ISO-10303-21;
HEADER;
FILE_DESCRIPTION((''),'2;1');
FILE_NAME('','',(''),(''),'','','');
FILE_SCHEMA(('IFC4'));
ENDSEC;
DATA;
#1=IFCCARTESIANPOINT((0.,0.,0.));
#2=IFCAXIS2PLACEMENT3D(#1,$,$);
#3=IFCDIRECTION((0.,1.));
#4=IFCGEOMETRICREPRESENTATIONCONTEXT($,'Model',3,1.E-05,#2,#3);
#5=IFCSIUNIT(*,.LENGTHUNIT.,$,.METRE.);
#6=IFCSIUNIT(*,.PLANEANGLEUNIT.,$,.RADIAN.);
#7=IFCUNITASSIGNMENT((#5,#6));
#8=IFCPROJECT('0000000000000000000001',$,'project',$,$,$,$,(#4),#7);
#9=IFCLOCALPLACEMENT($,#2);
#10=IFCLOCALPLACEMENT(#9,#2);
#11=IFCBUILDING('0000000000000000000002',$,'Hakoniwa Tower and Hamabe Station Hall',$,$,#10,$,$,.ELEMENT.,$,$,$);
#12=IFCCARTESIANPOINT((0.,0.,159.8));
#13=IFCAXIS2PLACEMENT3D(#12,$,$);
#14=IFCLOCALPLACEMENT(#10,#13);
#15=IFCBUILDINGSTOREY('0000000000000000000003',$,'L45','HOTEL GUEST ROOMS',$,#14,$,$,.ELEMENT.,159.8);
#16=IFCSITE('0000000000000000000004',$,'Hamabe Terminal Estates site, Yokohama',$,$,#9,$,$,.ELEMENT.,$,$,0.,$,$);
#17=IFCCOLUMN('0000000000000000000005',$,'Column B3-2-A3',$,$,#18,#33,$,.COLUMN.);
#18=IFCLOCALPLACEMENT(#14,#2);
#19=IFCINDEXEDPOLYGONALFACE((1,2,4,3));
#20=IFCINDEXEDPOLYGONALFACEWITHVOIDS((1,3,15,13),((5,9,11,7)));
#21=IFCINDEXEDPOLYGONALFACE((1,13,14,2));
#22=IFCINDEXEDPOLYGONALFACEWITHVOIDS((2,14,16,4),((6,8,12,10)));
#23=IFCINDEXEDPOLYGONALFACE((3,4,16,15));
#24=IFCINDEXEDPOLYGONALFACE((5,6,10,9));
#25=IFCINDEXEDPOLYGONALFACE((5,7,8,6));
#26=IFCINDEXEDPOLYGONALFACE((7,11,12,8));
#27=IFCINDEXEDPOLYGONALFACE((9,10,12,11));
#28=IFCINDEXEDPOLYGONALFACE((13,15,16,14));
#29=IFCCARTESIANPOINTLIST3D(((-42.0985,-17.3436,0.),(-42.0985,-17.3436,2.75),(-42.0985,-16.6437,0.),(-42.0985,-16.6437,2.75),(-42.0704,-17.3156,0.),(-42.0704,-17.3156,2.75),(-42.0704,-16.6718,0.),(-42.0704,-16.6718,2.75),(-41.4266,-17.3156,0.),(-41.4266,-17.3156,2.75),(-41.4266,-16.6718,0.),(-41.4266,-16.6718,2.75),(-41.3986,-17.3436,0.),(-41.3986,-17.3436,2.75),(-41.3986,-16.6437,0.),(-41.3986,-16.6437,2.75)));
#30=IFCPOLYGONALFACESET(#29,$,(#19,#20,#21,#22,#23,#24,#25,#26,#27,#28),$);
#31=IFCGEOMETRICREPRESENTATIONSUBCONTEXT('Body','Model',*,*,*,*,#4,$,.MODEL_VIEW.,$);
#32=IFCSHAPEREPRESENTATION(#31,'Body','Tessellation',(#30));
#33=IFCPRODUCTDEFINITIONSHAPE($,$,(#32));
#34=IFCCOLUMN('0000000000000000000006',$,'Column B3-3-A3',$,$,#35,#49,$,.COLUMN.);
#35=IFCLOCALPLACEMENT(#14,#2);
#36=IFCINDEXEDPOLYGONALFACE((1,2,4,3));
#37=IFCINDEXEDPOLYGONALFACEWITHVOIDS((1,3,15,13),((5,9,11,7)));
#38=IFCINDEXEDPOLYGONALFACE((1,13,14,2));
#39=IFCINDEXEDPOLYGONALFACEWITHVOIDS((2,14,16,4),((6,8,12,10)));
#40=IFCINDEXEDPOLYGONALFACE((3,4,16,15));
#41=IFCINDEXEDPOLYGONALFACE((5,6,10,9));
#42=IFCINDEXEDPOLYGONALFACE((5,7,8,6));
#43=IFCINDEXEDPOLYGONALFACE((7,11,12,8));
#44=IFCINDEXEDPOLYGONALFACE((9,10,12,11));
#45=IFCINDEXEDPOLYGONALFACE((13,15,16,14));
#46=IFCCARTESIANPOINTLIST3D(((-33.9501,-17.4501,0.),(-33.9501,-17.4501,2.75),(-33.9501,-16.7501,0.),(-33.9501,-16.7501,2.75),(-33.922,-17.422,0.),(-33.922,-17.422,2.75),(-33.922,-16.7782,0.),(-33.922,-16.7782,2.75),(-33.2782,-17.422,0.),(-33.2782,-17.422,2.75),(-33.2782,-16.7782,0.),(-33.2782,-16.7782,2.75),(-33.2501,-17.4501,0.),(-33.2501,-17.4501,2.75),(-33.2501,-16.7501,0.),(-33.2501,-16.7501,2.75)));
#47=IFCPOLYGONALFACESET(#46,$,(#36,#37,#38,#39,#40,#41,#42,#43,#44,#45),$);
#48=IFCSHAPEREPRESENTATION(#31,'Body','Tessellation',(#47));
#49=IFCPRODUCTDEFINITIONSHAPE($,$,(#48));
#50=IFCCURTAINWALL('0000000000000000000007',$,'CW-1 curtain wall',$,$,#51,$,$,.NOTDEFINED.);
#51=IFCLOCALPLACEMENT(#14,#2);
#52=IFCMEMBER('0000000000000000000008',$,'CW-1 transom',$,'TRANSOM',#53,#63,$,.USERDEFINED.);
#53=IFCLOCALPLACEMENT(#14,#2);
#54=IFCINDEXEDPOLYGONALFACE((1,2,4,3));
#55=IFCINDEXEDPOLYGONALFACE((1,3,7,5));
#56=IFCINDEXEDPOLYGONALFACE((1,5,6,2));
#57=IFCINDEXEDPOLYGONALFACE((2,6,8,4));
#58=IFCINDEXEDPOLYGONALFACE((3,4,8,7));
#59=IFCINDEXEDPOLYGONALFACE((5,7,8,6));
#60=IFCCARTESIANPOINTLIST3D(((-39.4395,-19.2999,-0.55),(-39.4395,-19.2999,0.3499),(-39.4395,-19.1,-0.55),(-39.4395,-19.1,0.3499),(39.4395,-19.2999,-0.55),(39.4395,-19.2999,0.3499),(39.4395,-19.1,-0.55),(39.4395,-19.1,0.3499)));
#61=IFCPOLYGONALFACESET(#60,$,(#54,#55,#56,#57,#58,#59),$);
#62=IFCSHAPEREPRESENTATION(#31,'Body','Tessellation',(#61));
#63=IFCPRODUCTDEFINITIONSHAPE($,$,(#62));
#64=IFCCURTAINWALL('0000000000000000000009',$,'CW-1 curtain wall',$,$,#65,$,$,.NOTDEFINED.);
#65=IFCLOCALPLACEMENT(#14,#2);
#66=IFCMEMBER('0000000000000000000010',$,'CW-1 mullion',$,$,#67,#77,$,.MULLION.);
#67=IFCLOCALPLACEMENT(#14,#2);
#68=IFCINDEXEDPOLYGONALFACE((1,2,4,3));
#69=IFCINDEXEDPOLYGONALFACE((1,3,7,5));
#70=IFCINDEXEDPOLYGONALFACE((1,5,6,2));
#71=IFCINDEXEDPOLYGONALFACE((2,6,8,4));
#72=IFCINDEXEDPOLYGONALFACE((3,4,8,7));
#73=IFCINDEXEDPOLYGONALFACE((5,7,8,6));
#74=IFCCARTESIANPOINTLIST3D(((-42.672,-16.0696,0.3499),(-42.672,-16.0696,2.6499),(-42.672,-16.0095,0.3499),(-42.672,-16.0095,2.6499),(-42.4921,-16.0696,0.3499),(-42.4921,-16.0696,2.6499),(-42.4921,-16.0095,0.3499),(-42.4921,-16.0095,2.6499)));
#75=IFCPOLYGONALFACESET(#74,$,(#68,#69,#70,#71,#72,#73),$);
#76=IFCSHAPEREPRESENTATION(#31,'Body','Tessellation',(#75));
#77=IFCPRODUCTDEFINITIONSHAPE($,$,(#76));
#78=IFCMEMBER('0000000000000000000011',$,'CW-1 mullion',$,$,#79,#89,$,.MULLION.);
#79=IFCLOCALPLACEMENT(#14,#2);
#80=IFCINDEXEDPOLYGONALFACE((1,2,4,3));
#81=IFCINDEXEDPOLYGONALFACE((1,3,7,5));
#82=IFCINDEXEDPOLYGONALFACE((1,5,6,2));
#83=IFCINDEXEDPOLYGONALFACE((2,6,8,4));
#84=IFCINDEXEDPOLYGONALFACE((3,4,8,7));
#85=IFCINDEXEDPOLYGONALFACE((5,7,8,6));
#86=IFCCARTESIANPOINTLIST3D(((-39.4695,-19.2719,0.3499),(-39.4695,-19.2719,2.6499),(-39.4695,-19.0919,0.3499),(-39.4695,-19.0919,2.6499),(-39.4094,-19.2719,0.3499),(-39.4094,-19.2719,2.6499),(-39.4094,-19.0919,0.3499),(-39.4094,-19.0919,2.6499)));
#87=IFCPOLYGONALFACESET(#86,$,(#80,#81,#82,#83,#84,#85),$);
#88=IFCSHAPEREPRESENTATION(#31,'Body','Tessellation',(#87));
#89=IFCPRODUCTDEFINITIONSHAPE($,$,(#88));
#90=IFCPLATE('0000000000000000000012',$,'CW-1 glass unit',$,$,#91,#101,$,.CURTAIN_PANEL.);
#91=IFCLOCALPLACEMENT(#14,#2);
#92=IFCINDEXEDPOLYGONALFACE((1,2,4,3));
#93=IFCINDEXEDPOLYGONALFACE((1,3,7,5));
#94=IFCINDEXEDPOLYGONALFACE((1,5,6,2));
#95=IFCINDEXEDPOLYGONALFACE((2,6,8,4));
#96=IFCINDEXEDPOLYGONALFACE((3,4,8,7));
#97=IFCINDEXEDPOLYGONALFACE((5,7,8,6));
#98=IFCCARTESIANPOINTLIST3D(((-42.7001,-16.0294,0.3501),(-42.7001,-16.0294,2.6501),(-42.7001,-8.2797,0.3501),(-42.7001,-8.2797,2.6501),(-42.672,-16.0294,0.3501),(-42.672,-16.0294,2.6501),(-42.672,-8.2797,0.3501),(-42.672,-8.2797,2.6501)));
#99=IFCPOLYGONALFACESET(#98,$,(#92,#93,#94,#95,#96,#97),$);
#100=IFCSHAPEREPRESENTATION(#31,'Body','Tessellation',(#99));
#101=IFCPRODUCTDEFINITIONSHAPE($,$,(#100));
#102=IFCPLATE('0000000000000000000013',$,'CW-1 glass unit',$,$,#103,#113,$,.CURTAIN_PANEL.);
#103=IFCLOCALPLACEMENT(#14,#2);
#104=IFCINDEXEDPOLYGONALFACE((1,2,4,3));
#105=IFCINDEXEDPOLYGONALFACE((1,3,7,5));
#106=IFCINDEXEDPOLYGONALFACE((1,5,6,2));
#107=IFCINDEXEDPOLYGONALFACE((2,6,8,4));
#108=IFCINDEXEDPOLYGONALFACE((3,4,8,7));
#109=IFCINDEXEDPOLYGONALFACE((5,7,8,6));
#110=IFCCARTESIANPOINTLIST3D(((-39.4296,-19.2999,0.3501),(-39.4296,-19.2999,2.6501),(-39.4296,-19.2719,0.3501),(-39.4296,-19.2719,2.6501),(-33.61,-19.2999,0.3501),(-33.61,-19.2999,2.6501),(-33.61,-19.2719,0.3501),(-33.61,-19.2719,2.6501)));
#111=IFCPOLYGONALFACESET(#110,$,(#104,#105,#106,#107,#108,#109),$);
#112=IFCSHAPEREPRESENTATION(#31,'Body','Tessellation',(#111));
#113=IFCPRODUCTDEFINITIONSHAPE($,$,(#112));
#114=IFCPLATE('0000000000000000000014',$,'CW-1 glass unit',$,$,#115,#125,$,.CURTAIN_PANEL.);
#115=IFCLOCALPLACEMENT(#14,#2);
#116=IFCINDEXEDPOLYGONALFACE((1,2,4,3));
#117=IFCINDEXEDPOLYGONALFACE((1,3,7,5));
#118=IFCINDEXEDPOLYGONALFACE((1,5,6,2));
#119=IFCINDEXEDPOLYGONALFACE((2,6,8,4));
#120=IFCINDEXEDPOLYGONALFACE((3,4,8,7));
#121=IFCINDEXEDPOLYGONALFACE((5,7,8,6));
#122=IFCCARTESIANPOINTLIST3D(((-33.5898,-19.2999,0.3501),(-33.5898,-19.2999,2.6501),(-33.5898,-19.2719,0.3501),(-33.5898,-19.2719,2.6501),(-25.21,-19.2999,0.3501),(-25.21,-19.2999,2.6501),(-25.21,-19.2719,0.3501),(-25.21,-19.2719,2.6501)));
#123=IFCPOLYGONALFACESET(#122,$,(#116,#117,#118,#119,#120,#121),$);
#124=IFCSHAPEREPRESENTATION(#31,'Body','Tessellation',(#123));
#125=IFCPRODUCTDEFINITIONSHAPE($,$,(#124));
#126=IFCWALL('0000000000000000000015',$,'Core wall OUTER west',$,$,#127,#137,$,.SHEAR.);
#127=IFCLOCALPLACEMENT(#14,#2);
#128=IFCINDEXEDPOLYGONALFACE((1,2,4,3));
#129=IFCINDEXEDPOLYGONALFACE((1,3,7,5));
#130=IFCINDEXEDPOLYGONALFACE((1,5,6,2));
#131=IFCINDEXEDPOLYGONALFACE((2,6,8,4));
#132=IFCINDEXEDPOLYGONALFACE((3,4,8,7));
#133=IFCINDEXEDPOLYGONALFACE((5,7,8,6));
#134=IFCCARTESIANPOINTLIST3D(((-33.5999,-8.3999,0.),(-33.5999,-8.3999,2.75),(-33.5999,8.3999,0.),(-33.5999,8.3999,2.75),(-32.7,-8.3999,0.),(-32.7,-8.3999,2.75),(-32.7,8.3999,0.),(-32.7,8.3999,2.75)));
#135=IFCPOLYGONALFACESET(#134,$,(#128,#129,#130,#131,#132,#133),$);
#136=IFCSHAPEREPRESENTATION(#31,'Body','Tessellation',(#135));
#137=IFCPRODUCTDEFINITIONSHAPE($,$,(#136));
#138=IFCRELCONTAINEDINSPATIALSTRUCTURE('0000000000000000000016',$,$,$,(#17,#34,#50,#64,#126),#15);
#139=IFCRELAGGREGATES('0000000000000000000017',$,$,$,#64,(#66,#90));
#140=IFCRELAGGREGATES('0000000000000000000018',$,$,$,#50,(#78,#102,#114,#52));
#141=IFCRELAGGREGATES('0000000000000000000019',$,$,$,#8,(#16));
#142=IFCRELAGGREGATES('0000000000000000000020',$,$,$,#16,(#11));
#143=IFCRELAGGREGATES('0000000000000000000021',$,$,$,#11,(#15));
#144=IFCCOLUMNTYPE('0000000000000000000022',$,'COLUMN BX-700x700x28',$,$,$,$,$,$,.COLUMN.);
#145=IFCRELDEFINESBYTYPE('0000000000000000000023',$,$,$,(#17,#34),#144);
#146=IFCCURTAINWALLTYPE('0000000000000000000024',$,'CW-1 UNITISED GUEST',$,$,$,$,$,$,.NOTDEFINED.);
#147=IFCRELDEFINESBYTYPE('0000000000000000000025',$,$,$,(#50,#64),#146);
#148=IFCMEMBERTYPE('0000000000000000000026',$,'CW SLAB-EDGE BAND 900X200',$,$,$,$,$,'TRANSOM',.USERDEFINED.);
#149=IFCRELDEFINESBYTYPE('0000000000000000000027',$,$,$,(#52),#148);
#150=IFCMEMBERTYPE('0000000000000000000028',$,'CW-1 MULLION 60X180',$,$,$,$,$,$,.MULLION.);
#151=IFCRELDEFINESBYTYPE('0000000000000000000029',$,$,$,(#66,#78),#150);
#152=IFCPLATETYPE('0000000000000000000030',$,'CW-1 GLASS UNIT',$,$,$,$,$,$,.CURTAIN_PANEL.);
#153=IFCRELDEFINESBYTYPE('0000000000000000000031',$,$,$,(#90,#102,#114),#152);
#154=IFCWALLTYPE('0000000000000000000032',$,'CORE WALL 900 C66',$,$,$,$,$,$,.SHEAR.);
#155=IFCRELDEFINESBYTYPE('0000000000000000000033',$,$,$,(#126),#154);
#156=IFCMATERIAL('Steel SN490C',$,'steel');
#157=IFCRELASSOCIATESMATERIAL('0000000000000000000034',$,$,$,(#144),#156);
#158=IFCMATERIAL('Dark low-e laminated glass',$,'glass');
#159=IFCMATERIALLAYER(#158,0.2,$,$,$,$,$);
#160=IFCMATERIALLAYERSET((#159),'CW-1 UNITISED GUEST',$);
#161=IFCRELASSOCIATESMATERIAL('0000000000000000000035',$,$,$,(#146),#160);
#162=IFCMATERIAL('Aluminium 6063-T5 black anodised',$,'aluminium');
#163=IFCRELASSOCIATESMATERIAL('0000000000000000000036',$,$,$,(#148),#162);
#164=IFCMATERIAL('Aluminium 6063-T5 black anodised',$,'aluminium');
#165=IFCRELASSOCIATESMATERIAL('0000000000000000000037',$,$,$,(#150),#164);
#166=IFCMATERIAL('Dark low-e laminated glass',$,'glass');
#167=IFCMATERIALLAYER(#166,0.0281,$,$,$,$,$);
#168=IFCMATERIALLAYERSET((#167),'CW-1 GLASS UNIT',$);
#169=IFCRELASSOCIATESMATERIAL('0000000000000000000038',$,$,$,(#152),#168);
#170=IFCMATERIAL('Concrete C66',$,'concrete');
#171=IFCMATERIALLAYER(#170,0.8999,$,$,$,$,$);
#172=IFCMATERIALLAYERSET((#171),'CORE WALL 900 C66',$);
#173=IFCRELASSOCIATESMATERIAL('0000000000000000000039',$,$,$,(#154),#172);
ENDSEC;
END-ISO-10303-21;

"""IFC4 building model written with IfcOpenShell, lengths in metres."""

from ifc_helpers import new_model, si_unit, direction, frame, frame_2d, origin, origin_2d, place, context, subcontext, project, spatial, rectangle, hollow_rectangle, extrude, material, layer, layer_set, material_profile, profile_set, type_object, element, aggregate, save


model = new_model("IFC4")

# Units and contexts
model_context = context("Model", 3, precision=1e-05, world=origin(), true_north=direction((0.0, 1.0)))
body_context = subcontext(model_context, "Body", "Model", "MODEL_VIEW")
ifc_project = project(units=[si_unit("LENGTHUNIT", "METRE"), si_unit("PLANEANGLEUNIT", "RADIAN")], contexts=[model_context])

# Site, building, storey
site_placement = place(None, origin())
site = spatial("IfcSite", under=ifc_project, at=site_placement, Name="Hamabe Terminal Estates site, Yokohama", CompositionType="ELEMENT", RefElevation=0.0)
building_placement = place(site_placement, origin())
building = spatial("IfcBuilding", under=site, at=building_placement, Name="Hakoniwa Tower and Hamabe Station Hall", CompositionType="ELEMENT")
storey_placement = place(building_placement, frame((0.0, 0.0, 159.8)))
storey = spatial("IfcBuildingStorey", under=building, at=storey_placement, Name="L45", Description="HOTEL GUEST ROOMS", CompositionType="ELEMENT", Elevation=159.8)

# Columns
ifc_material_1 = material(Name="Steel SN490C", Category="steel")
ifc_material_profile_1 = material_profile(ifc_material_1, hollow_rectangle(XDim=0.7, YDim=0.7, WallThickness=0.0281, at=origin_2d()), Name="BX-700x700x28")
ifc_profile_set_1 = profile_set([ifc_material_profile_1], Name="Steel SN490C")
column_type = type_object("IfcColumnType", Name="COLUMN BX-700x700x28", PredefinedType="COLUMN", material=ifc_profile_set_1)
for number, where, z_axis, x_axis, name in (
    (1, (-41.7485, -16.9937, 0.0), (0.0, 0.0, 1.0), (1.0, 0.0, 0.0), "Column B3-2-A3"),
    (2, (-33.6001, -17.1001, 0.0), (0.0, 0.0, 1.0), (1.0, 0.0, 0.0), "Column B3-3-A3"),
):
    element("IfcColumn", number, at=place(storey_placement, frame(where, z_axis=z_axis, x_axis=x_axis)), inside=storey, type_object=column_type, Name=name, PredefinedType="COLUMN", context=body_context, shape_type="SweptSolid", body=[
        extrude(hollow_rectangle(XDim=0.7, YDim=0.7, WallThickness=0.0281, at=origin_2d()), origin(), (0.0, 0.0, 1.0), 2.75),
    ])

# Curtain walls, members
ifc_material_2 = material(Name="Dark low-e laminated glass", Category="glass")
ifc_layer_1 = layer(ifc_material_2, 0.2)
ifc_layer_set_1 = layer_set([ifc_layer_1], Name="CW-1 UNITISED GUEST")
curtain_wall_type = type_object("IfcCurtainWallType", Name="CW-1 UNITISED GUEST", PredefinedType="NOTDEFINED", material=ifc_layer_set_1)
curtain_wall_1_placement = place(storey_placement, origin())
curtain_wall_1 = element("IfcCurtainWall", 3, at=curtain_wall_1_placement, inside=storey, type_object=curtain_wall_type, Name="CW-1 curtain wall", PredefinedType="NOTDEFINED")
ifc_material_3 = material(Name="Aluminium 6063-T5 black anodised", Category="aluminium")
ifc_material_profile_2 = material_profile(ifc_material_3, rectangle(XDim=0.2, YDim=0.8999, at=origin_2d()), Name="CW SLAB-EDGE BAND 900X200")
ifc_profile_set_2 = profile_set([ifc_material_profile_2], Name="Aluminium 6063-T5 black anodised")
member_type_1 = type_object("IfcMemberType", Name="CW SLAB-EDGE BAND 900X200", ElementType="TRANSOM", PredefinedType="USERDEFINED", material=ifc_profile_set_2)
member_1_placement = place(storey_placement, frame((-39.4395, -19.2, -0.1001), z_axis=(1.0, 0.0, 0.0), x_axis=(0.0, 1.0, 0.0)))
member_1 = element("IfcMember", 4, at=member_1_placement, type_object=member_type_1, Name="CW-1 transom", ObjectType="TRANSOM", PredefinedType="USERDEFINED", context=body_context, shape_type="SweptSolid", body=[
    extrude(rectangle(XDim=0.2, YDim=0.8999, at=origin_2d()), origin(), (0.0, 0.0, 1.0), 78.8789),
])
curtain_wall_2_placement = place(storey_placement, origin())
curtain_wall_2 = element("IfcCurtainWall", 5, at=curtain_wall_2_placement, inside=storey, type_object=curtain_wall_type, Name="CW-1 curtain wall", PredefinedType="NOTDEFINED")
ifc_material_4 = material(Name="Aluminium 6063-T5 black anodised", Category="aluminium")
ifc_material_profile_3 = material_profile(ifc_material_4, rectangle(XDim=0.0601, YDim=0.1799, at=origin_2d()), Name="CW-1 MULLION 60X180")
ifc_profile_set_3 = profile_set([ifc_material_profile_3], Name="Aluminium 6063-T5 black anodised")
member_type_2 = type_object("IfcMemberType", Name="CW-1 MULLION 60X180", PredefinedType="MULLION", material=ifc_profile_set_3)
member_2_placement = place(storey_placement, frame((-42.582, -16.0396, 0.3499), z_axis=(0.0, 0.0, 1.0), x_axis=(0.0, -1.0, 0.0)))
member_2 = element("IfcMember", 6, at=member_2_placement, type_object=member_type_2, Name="CW-1 mullion", PredefinedType="MULLION", context=body_context, shape_type="SweptSolid", body=[
    extrude(rectangle(XDim=0.0601, YDim=0.1799, at=origin_2d()), origin(), (0.0, 0.0, 1.0), 2.3),
])

# Member
member_3_placement = place(storey_placement, frame((-39.4395, -19.1819, 0.3499), z_axis=(0.0, 0.0, 1.0), x_axis=(1.0, 0.0, 0.0)))
member_3 = element("IfcMember", 7, at=member_3_placement, type_object=member_type_2, Name="CW-1 mullion", PredefinedType="MULLION", context=body_context, shape_type="SweptSolid", body=[
    extrude(rectangle(XDim=0.0601, YDim=0.1799, at=origin_2d()), origin(), (0.0, 0.0, 1.0), 2.3),
])

# Plates
ifc_material_5 = material(Name="Dark low-e laminated glass", Category="glass")
ifc_layer_2 = layer(ifc_material_5, 0.0281)
ifc_layer_set_2 = layer_set([ifc_layer_2], Name="CW-1 GLASS UNIT")
plate_type = type_object("IfcPlateType", Name="CW-1 GLASS UNIT", PredefinedType="CURTAIN_PANEL", material=ifc_layer_set_2)
plate_1_placement = place(storey_placement, frame((-42.686, -12.1545, 0.3501), z_axis=(0.0, 0.0, 1.0), x_axis=(0.0, -1.0, 0.0)))
plate_1 = element("IfcPlate", 8, at=plate_1_placement, type_object=plate_type, Name="CW-1 glass unit", PredefinedType="CURTAIN_PANEL", context=body_context, shape_type="SweptSolid", body=[
    extrude(rectangle(XDim=7.7498, YDim=0.0281, at=origin_2d()), origin(), (0.0, 0.0, 1.0), 2.3),
])
aggregate(curtain_wall_2, [member_2, plate_1])
plate_2_placement = place(storey_placement, frame((-36.5198, -19.2859, 0.3501), z_axis=(0.0, 0.0, 1.0), x_axis=(1.0, 0.0, 0.0)))
plate_2 = element("IfcPlate", 9, at=plate_2_placement, type_object=plate_type, Name="CW-1 glass unit", PredefinedType="CURTAIN_PANEL", context=body_context, shape_type="SweptSolid", body=[
    extrude(rectangle(XDim=5.8196, YDim=0.0281, at=origin_2d()), origin(), (0.0, 0.0, 1.0), 2.3),
])
plate_3_placement = place(storey_placement, frame((-29.3999, -19.2859, 0.3501), z_axis=(0.0, 0.0, 1.0), x_axis=(1.0, 0.0, 0.0)))
plate_3 = element("IfcPlate", 10, at=plate_3_placement, type_object=plate_type, Name="CW-1 glass unit", PredefinedType="CURTAIN_PANEL", context=body_context, shape_type="SweptSolid", body=[
    extrude(rectangle(XDim=8.3799, YDim=0.0281, at=origin_2d()), origin(), (0.0, 0.0, 1.0), 2.3),
])
aggregate(curtain_wall_1, [member_3, plate_2, plate_3, member_1])

# Wall
ifc_material_6 = material(Name="Concrete C66", Category="concrete")
ifc_layer_3 = layer(ifc_material_6, 0.8999)
ifc_layer_set_3 = layer_set([ifc_layer_3], Name="CORE WALL 900 C66")
wall_type_1 = type_object("IfcWallType", Name="CORE WALL 900 C66", PredefinedType="SHEAR", material=ifc_layer_set_3)
wall_1_placement = place(storey_placement, frame((-33.1499, -8.3999, 0.0), z_axis=(0.0, 0.0, 1.0), x_axis=(0.0, 1.0, 0.0)))
element("IfcWall", 11, at=wall_1_placement, inside=storey, type_object=wall_type_1, Name="Core wall OUTER west", PredefinedType="SHEAR", context=body_context, shape_type="SweptSolid", body=[
    extrude(rectangle(XDim=16.7998, YDim=0.8999, at=frame_2d((8.3999, 0.0))), origin(), (0.0, 0.0, 1.0), 2.75),
])

save(model, "model.ifc")
